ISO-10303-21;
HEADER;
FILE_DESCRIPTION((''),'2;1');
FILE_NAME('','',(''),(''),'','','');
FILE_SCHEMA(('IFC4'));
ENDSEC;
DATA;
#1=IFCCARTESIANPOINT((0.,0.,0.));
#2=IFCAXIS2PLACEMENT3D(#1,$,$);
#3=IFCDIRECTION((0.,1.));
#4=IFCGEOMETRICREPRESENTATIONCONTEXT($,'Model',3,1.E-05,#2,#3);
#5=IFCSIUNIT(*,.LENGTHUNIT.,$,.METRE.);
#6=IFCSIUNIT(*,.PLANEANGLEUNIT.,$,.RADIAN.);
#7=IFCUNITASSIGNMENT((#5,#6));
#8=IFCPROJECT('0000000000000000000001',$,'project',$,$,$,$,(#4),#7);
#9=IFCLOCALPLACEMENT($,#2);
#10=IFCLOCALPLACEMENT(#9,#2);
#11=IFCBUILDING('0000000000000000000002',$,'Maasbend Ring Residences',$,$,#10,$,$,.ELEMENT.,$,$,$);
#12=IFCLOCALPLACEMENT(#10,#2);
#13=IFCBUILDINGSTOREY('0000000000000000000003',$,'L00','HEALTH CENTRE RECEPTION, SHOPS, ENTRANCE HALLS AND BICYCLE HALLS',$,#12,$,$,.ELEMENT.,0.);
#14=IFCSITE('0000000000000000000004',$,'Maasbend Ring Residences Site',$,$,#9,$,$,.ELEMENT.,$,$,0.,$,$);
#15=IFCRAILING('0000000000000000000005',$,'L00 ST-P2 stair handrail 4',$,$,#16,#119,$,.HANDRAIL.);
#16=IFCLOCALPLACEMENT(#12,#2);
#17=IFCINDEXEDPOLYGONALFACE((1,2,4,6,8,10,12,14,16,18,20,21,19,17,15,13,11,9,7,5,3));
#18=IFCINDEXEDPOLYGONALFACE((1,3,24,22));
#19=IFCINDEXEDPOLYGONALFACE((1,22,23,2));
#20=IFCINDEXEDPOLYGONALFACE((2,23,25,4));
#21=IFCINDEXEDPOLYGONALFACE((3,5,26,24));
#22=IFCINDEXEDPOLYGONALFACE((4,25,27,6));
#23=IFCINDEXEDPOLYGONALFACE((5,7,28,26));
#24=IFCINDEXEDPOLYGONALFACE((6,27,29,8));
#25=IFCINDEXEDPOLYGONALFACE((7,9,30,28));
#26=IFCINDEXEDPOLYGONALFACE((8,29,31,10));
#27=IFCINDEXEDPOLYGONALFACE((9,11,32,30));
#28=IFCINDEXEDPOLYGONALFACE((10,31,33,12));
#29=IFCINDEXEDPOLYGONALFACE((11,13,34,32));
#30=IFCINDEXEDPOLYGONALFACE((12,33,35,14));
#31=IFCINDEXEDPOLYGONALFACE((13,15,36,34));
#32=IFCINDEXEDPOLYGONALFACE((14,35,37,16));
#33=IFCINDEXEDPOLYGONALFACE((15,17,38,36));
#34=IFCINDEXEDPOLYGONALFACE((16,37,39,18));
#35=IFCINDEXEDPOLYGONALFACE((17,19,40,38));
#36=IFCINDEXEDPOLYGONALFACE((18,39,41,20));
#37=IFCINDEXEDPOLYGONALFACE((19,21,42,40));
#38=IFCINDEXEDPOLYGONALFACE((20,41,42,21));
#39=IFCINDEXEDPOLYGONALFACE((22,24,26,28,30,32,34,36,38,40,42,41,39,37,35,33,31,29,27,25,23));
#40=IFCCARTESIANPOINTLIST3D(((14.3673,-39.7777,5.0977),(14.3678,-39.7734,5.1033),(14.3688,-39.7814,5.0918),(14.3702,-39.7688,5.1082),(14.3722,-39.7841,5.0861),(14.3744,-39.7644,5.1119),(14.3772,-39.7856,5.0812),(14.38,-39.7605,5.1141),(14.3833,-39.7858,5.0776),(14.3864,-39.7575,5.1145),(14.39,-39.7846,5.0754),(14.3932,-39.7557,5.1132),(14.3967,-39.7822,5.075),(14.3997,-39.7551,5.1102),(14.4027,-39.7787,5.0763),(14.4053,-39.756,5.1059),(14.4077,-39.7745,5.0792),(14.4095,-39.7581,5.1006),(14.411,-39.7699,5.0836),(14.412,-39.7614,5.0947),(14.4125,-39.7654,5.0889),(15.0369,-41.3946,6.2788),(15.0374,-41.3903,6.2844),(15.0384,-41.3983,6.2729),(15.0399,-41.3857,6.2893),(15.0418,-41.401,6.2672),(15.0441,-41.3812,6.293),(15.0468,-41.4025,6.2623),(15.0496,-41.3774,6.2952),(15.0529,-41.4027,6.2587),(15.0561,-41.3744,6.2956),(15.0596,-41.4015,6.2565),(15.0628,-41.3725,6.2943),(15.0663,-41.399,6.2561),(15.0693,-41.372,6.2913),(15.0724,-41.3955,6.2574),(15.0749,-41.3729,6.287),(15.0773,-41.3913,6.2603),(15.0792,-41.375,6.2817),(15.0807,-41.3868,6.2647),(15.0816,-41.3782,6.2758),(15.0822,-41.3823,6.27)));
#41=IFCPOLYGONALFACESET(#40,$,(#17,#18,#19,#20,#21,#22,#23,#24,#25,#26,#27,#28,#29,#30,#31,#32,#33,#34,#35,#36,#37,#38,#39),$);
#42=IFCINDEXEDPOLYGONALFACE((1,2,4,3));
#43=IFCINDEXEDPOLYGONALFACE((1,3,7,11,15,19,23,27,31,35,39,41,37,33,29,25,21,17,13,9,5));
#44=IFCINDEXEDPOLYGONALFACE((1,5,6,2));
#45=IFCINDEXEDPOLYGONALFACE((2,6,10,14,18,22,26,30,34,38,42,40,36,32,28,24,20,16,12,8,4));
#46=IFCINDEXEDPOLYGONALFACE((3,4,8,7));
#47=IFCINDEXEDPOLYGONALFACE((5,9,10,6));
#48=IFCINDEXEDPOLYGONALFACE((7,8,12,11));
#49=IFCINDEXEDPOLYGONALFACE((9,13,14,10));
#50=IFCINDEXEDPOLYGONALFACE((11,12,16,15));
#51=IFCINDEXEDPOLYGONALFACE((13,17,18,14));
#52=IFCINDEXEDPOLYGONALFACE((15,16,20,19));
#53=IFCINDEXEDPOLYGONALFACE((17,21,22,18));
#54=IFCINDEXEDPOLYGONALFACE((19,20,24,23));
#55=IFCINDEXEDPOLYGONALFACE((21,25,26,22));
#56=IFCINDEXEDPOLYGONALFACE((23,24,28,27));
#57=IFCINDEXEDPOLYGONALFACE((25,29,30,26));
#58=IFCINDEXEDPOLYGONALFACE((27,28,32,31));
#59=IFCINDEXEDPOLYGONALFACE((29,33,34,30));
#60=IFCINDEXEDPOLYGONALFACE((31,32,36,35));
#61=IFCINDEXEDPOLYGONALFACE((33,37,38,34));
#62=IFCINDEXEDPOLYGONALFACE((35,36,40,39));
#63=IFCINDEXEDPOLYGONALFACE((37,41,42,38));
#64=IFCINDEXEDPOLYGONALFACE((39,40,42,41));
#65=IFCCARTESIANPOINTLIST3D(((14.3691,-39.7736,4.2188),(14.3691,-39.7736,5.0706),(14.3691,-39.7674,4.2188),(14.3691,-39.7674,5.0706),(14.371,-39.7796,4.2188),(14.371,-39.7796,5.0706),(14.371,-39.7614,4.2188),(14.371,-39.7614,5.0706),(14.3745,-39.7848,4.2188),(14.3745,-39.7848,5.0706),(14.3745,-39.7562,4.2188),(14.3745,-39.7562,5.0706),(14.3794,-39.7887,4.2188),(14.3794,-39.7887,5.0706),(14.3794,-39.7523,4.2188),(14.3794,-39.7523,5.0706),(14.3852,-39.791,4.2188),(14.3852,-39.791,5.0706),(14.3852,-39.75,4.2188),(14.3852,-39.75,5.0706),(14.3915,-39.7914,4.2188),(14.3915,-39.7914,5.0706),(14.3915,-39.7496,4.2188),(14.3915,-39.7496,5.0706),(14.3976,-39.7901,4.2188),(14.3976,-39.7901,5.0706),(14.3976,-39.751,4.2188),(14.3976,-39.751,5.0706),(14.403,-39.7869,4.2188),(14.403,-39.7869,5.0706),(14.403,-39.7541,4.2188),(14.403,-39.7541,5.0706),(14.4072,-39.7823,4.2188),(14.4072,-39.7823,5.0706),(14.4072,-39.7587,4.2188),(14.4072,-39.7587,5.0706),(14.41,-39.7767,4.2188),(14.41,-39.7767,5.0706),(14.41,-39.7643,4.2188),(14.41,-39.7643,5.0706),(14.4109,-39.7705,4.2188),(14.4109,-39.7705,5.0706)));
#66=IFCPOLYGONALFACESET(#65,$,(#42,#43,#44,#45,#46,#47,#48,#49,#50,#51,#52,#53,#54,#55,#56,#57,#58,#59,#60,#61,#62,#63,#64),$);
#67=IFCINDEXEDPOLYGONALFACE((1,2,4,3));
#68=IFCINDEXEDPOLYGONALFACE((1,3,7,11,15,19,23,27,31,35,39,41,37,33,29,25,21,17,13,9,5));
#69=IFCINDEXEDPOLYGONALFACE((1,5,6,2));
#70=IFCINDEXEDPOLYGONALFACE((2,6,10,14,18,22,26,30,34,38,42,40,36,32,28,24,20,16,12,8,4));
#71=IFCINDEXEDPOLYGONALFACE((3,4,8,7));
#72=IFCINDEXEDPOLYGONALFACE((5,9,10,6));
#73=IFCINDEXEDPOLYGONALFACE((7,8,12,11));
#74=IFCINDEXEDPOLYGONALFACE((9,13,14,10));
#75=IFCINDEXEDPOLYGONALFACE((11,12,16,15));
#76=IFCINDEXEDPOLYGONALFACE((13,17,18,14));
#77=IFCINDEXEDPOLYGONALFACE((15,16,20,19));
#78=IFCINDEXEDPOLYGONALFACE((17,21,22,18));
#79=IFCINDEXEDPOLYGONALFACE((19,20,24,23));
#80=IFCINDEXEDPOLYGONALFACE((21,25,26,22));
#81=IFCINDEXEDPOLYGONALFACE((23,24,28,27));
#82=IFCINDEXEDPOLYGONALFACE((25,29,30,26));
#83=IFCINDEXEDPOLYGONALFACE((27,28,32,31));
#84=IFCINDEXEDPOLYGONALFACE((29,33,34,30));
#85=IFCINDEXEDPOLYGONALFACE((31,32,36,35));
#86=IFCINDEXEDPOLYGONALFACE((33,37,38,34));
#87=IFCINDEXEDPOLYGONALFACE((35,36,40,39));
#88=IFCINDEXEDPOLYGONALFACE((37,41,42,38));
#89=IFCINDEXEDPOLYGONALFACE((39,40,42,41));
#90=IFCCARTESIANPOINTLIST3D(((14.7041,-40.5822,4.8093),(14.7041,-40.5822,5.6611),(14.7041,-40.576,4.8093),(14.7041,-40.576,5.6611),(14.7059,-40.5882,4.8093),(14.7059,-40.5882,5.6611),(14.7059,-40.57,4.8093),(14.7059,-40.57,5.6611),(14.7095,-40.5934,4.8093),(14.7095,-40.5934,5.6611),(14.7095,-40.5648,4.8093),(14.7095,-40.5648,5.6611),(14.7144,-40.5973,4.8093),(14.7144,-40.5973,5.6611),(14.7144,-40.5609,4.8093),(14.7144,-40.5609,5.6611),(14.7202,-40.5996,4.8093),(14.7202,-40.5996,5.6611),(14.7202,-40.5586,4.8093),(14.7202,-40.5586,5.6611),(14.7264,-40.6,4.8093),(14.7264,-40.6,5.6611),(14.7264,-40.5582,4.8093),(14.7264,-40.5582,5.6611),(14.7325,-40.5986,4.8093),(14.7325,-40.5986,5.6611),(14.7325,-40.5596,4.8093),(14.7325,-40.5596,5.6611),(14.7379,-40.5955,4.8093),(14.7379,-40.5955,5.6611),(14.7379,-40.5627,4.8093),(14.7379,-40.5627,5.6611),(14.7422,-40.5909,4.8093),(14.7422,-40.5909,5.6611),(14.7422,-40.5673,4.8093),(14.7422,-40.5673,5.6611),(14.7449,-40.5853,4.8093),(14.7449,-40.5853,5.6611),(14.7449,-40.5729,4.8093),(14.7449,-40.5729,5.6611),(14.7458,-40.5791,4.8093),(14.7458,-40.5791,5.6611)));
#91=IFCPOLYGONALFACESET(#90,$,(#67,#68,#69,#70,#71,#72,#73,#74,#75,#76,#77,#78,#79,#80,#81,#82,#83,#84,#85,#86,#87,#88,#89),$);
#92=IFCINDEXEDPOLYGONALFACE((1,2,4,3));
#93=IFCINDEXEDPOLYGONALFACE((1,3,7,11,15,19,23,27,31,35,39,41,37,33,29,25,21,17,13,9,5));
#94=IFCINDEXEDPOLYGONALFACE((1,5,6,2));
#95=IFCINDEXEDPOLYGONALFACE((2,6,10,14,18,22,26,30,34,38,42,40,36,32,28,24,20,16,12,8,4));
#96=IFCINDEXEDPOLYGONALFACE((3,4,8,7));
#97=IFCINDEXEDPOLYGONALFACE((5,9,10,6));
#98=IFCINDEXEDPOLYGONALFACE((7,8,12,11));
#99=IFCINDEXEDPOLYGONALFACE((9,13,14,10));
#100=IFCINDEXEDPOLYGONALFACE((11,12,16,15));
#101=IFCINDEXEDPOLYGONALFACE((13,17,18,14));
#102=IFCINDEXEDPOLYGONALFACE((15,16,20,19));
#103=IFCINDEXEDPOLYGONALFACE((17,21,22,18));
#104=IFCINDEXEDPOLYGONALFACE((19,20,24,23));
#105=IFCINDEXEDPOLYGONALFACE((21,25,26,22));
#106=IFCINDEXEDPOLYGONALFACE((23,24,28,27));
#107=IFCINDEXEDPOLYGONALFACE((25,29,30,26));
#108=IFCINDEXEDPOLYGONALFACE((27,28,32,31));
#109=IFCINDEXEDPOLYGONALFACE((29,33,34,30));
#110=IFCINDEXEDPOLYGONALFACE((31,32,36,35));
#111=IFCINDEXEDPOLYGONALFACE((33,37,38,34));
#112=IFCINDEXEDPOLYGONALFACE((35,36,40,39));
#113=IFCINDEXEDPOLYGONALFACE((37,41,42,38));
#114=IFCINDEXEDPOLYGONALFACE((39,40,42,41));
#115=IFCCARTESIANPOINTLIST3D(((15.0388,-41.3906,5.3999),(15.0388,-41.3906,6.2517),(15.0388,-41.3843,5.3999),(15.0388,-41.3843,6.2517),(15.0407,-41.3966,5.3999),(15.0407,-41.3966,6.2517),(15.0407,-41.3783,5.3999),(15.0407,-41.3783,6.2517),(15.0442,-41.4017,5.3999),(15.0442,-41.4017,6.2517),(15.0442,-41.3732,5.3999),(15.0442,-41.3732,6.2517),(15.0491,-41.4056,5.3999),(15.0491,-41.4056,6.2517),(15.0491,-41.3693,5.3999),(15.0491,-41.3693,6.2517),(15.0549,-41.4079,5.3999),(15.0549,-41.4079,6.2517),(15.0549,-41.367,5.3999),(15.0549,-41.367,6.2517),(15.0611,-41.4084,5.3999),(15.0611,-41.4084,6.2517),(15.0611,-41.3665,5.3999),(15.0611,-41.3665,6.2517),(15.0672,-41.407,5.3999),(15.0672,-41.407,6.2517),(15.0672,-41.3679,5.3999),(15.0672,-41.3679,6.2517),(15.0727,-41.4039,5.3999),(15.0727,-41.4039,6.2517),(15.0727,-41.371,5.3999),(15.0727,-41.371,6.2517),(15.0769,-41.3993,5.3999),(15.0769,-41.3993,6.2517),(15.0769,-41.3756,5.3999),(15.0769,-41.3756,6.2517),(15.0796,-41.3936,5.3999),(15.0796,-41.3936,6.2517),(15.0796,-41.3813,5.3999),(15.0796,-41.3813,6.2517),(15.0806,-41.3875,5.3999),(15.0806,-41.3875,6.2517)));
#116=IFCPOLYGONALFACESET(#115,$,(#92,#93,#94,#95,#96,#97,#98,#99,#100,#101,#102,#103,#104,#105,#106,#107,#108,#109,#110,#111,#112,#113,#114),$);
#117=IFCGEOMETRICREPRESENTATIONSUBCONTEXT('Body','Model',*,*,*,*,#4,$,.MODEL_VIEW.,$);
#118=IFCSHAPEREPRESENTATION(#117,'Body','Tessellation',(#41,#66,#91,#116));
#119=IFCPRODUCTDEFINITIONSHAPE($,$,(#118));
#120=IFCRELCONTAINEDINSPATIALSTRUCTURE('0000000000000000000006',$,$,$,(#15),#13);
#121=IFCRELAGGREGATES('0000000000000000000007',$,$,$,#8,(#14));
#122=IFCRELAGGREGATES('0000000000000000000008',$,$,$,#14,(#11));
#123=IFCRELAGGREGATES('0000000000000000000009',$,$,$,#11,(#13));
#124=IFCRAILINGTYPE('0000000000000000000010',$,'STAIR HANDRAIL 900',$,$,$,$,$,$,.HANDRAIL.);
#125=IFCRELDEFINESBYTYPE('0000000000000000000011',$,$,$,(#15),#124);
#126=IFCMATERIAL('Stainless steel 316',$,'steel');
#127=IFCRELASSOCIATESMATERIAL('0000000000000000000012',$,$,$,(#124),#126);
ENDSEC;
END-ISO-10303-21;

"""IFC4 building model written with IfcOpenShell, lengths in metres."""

from ifc_helpers import new_model, si_unit, direction, frame, origin, origin_2d, place, context, subcontext, project, spatial, circle, extrude, material, type_object, element, save


model = new_model("IFC4")

# Units and contexts
model_context = context("Model", 3, precision=1e-05, world=origin(), true_north=direction((0.0, 1.0)))
body_context = subcontext(model_context, "Body", "Model", "MODEL_VIEW")
ifc_project = project(units=[si_unit("LENGTHUNIT", "METRE"), si_unit("PLANEANGLEUNIT", "RADIAN")], contexts=[model_context])

# Site, building, storey
site_placement = place(None, origin())
site = spatial("IfcSite", under=ifc_project, at=site_placement, Name="Maasbend Ring Residences Site", CompositionType="ELEMENT", RefElevation=0.0)
building_placement = place(site_placement, origin())
building = spatial("IfcBuilding", under=site, at=building_placement, Name="Maasbend Ring Residences", CompositionType="ELEMENT")
storey_placement = place(building_placement, origin())
storey = spatial("IfcBuildingStorey", under=building, at=storey_placement, Name="L00", Description="HEALTH CENTRE RECEPTION, SHOPS, ENTRANCE HALLS AND BICYCLE HALLS", CompositionType="ELEMENT", Elevation=0.0)

# Railing
ifc_material_1 = material(Name="Stainless steel 316", Category="steel")
railing_type_1 = type_object("IfcRailingType", Name="STAIR HANDRAIL 900", PredefinedType="HANDRAIL", material=ifc_material_1)
railing_1_placement = place(storey_placement, frame((14.3899, -39.7705, 4.2188)))
element("IfcRailing", 1, at=railing_1_placement, inside=storey, type_object=railing_type_1, Name="L00 ST-P2 stair handrail 4", PredefinedType="HANDRAIL", context=body_context, shape_type="SweptSolid", body=[
    extrude(circle(Radius=0.0239, at=origin_2d()), frame((0.0, 0.0, 0.876), z_axis=(0.317169, -0.765808, 0.559411), x_axis=(0.923896, 0.382643, 0.0)), (0.0, 0.0, 1.0), 2.1113),
    extrude(circle(Radius=0.021, at=origin_2d()), origin(), (0.0, 0.0, 1.0), 0.8518),
    extrude(circle(Radius=0.021, at=origin_2d()), frame((0.335, -0.8086, 0.5906)), (0.0, 0.0, 1.0), 0.8518),
    extrude(circle(Radius=0.021, at=origin_2d()), frame((0.6697, -1.6169, 1.1812)), (0.0, 0.0, 1.0), 0.8518),
])

save(model, "model.ifc")
